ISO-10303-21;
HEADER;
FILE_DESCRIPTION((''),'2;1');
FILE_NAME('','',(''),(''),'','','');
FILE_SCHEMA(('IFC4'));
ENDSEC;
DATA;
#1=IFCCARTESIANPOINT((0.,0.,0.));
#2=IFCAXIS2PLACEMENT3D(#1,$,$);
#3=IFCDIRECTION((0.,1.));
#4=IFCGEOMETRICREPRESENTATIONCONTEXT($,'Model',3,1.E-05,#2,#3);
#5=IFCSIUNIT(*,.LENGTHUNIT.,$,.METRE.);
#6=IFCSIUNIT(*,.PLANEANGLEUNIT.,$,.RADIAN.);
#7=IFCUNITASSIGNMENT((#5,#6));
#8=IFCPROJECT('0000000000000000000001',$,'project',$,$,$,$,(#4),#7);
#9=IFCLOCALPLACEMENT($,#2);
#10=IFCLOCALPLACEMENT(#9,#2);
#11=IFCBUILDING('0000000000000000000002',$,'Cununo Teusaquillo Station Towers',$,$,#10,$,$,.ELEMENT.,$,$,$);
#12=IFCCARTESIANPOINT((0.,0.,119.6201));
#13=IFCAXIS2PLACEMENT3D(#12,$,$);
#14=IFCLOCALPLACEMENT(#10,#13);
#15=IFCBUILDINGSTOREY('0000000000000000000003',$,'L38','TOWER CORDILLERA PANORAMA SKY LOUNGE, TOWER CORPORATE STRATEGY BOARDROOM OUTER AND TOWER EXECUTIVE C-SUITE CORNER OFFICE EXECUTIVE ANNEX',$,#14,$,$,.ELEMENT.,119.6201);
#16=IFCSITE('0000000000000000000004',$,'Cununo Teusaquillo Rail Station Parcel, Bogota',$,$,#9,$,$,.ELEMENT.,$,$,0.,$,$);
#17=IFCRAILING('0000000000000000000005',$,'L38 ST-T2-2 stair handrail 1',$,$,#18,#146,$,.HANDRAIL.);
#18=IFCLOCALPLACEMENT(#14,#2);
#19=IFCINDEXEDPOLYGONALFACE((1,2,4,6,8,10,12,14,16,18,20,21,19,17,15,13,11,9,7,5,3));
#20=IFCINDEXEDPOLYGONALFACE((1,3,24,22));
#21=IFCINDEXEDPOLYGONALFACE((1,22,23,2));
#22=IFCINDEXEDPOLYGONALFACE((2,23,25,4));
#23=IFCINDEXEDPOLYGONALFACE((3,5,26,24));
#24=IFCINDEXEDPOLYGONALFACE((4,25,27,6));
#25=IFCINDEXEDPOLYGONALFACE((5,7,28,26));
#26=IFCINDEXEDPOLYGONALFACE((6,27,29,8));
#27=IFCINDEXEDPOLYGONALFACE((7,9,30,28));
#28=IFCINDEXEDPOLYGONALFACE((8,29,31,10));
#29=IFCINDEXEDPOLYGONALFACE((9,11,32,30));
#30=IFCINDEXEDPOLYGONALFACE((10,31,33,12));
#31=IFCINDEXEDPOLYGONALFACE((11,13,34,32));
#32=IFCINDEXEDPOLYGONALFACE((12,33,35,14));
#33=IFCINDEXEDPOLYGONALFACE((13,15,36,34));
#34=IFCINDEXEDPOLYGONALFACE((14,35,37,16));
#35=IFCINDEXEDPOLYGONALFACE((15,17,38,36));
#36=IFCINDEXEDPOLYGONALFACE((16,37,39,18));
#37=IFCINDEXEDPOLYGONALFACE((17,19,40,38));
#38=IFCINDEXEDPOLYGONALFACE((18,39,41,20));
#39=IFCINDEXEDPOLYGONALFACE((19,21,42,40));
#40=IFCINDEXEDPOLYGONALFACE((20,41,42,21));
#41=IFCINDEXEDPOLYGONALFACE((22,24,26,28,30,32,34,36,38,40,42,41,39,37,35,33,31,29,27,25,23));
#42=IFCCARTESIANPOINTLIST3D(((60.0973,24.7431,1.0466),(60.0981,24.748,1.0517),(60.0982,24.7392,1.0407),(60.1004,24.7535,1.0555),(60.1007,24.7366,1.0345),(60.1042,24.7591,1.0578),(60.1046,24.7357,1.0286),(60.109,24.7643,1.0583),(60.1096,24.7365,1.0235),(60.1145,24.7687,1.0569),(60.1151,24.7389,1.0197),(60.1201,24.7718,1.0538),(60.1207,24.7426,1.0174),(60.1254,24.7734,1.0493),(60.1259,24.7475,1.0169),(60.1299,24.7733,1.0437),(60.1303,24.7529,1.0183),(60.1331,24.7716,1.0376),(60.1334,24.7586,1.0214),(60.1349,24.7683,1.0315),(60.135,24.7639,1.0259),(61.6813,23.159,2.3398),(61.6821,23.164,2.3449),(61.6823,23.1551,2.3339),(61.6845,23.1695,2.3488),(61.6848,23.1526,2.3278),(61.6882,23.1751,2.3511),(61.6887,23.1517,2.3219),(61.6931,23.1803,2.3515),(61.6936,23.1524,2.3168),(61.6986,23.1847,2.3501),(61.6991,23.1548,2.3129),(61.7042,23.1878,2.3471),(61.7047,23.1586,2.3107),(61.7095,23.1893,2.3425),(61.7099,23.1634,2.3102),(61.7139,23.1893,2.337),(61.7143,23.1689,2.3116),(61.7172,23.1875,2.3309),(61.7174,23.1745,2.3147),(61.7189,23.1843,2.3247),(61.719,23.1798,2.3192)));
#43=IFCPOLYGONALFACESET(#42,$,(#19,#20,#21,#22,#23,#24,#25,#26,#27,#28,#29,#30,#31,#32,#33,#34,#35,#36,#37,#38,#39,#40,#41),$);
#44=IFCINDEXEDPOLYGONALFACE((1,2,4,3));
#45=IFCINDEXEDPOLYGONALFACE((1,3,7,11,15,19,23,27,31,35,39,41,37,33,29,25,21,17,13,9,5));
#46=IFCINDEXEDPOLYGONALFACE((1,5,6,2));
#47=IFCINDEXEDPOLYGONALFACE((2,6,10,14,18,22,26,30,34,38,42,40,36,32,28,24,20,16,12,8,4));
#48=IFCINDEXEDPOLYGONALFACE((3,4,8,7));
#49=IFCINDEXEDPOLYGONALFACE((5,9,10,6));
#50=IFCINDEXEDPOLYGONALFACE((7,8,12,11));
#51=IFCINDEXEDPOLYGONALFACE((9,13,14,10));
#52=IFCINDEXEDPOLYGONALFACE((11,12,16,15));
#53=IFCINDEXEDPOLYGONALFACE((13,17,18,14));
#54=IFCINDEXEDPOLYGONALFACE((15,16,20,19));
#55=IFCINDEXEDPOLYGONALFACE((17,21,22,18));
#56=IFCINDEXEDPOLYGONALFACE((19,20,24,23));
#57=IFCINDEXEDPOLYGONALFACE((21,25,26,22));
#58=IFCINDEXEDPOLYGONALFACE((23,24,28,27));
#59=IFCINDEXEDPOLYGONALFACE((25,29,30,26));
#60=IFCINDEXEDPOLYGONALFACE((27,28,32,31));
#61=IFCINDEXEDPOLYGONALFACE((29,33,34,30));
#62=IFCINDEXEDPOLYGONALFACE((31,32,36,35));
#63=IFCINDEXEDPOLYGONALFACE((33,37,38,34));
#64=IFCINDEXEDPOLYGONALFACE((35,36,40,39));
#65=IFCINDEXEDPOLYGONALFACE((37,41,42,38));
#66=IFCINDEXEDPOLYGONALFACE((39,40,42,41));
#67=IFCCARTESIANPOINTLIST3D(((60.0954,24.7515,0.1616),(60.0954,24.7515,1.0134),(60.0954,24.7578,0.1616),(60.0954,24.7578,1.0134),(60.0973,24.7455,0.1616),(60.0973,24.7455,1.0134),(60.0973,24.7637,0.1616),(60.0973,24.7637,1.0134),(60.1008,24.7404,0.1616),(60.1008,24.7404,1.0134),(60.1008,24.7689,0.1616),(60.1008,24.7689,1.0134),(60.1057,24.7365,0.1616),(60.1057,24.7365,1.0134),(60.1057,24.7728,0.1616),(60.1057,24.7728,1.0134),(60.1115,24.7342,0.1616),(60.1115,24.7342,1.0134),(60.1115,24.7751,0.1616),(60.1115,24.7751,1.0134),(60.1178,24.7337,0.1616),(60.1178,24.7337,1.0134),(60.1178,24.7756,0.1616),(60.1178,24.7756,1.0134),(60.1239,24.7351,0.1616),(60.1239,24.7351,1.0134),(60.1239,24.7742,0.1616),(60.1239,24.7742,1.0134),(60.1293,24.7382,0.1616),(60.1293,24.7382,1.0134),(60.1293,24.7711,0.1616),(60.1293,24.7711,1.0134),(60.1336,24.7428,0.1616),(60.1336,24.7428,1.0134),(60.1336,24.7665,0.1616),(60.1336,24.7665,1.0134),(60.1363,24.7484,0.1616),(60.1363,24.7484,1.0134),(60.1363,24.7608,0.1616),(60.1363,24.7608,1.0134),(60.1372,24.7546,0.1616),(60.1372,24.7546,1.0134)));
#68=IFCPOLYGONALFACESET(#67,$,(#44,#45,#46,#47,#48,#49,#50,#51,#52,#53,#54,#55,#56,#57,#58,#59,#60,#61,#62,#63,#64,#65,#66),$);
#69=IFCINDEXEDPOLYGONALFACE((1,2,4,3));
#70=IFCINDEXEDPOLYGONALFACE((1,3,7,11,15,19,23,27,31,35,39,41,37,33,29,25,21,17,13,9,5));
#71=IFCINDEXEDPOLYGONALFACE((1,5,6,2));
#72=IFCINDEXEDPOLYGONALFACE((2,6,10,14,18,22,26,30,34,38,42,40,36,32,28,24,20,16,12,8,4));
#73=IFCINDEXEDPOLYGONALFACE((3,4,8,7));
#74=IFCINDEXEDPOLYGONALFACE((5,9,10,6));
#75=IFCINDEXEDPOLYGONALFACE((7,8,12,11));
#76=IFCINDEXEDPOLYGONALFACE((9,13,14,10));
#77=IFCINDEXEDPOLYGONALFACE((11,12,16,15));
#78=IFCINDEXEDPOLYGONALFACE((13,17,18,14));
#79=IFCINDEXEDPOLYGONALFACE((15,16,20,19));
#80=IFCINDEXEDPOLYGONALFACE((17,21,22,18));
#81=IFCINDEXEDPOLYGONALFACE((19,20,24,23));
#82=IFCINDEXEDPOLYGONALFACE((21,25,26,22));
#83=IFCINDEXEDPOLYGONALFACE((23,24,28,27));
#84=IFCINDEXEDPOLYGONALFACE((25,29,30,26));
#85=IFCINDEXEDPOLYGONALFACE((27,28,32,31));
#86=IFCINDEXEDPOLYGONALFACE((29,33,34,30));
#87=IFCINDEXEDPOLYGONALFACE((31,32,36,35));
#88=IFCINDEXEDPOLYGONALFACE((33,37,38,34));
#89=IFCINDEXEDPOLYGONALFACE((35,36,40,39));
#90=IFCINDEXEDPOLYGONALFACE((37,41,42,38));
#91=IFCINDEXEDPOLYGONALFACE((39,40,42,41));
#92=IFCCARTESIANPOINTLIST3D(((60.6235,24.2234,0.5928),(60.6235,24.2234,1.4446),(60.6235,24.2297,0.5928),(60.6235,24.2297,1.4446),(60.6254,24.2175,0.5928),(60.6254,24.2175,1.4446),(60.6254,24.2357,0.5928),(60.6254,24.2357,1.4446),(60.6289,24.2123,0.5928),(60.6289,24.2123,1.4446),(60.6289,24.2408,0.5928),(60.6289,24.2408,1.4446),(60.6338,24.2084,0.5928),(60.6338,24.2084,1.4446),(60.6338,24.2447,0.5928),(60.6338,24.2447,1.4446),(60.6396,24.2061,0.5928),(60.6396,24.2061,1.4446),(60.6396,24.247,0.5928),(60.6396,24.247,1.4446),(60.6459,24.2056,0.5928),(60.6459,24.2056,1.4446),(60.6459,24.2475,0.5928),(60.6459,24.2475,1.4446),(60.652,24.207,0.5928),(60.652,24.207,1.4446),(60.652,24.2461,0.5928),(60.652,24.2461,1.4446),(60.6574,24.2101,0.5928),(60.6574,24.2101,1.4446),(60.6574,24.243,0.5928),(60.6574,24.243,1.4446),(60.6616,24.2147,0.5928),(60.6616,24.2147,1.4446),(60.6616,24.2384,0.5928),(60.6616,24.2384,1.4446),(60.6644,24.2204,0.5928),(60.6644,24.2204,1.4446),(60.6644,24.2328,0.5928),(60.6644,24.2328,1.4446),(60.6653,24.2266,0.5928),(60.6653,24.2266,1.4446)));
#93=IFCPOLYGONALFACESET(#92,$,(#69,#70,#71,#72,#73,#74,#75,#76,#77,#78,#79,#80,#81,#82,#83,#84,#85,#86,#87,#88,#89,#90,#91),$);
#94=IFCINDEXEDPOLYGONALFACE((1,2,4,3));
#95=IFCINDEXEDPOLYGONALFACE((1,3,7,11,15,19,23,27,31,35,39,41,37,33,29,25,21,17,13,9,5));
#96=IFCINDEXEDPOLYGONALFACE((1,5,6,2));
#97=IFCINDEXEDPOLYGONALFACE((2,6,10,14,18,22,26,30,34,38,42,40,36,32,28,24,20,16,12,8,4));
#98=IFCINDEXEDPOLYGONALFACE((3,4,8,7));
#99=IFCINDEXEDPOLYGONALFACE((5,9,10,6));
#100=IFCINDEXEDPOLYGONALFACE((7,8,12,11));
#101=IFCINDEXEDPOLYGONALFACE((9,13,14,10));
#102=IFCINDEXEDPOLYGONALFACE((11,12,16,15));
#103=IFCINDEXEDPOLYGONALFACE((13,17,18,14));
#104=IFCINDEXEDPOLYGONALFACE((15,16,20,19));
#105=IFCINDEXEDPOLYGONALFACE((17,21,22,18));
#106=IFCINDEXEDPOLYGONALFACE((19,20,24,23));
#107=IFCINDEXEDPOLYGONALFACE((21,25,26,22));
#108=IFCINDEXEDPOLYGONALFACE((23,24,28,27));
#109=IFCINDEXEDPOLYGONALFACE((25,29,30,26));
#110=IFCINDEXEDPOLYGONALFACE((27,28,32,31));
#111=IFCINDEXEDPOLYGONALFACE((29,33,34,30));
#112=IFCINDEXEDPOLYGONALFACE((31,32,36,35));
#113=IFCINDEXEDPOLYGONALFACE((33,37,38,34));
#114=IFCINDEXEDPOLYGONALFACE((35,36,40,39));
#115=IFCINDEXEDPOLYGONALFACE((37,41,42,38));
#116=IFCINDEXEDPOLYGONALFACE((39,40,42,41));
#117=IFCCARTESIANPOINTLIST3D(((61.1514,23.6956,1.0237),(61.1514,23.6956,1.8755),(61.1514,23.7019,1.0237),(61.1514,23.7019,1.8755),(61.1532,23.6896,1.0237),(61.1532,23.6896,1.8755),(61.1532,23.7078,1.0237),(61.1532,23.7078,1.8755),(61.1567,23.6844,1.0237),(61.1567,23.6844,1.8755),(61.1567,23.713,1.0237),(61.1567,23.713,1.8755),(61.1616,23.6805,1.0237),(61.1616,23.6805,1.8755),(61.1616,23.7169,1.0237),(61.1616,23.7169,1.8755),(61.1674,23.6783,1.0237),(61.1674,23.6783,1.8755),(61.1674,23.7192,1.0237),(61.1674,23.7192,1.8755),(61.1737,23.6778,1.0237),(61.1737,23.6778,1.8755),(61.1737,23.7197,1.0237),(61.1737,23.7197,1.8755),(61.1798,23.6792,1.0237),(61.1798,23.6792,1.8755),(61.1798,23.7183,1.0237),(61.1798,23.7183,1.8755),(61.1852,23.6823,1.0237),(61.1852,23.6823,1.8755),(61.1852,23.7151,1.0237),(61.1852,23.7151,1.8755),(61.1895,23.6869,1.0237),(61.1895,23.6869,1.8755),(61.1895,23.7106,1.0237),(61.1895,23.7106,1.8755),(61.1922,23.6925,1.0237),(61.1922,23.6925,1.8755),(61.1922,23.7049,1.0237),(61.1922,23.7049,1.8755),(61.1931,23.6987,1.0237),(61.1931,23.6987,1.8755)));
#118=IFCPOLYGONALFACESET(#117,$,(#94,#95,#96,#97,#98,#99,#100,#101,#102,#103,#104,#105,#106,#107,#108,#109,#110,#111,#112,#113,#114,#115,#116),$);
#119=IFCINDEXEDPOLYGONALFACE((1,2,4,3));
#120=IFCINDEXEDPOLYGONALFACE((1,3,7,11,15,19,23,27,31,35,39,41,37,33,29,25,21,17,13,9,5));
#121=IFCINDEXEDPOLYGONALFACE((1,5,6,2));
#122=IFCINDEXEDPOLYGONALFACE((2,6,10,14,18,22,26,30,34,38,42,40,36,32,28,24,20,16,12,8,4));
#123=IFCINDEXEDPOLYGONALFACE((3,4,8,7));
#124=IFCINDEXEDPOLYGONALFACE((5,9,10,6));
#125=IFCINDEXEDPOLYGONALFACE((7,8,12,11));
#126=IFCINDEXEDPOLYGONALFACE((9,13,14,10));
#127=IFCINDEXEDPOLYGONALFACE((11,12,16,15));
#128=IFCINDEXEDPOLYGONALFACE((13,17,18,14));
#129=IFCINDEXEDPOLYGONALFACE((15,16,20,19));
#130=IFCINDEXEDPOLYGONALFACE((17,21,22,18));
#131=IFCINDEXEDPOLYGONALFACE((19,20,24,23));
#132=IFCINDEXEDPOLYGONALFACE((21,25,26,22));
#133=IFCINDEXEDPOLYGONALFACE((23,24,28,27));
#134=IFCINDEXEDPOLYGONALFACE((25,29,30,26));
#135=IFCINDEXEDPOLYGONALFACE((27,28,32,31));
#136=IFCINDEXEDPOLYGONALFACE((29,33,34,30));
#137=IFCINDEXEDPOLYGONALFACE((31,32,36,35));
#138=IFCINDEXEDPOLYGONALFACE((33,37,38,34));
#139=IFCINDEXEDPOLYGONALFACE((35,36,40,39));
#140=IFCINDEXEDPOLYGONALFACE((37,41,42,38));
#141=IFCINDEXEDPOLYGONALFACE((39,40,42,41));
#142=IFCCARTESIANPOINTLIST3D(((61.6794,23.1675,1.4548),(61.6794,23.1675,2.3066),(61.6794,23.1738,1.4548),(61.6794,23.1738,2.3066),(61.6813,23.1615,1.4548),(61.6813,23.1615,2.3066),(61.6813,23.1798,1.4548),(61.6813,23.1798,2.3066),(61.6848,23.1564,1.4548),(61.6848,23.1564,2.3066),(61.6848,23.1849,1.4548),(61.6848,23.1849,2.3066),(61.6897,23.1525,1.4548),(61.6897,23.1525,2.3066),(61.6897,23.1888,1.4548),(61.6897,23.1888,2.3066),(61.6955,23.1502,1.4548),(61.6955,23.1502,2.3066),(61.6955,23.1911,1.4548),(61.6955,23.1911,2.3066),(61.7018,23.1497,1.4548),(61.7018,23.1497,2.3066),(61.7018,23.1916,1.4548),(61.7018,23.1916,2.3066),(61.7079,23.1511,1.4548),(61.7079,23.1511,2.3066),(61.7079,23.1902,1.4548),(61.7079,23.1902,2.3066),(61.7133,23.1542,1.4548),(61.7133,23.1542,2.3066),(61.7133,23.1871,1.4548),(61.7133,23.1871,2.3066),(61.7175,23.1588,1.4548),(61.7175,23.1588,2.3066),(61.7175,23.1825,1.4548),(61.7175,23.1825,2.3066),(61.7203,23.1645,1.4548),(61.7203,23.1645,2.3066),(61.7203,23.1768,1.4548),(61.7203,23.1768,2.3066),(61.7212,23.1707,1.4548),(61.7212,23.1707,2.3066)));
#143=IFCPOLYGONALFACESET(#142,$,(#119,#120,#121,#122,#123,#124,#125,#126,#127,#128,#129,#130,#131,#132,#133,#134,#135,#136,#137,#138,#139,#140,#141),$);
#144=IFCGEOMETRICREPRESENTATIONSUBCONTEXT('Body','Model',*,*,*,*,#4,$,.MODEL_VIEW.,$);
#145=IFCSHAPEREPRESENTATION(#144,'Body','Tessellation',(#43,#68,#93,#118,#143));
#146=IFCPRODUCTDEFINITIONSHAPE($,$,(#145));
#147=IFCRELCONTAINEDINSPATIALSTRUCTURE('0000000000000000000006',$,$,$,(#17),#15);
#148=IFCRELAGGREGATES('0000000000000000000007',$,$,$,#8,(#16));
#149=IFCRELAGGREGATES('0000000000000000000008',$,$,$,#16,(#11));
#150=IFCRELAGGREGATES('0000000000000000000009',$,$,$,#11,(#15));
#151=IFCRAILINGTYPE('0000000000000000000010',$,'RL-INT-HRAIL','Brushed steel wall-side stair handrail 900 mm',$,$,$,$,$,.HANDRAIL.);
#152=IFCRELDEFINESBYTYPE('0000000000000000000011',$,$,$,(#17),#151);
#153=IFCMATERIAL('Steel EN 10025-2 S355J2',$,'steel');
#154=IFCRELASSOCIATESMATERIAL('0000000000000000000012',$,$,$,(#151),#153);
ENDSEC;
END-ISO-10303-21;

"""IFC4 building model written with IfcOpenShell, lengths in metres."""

from ifc_helpers import new_model, si_unit, direction, frame, origin, origin_2d, place, context, subcontext, project, spatial, circle, extrude, material, type_object, element, save


model = new_model("IFC4")

# Units and contexts
model_context = context("Model", 3, precision=1e-05, world=origin(), true_north=direction((0.0, 1.0)))
body_context = subcontext(model_context, "Body", "Model", "MODEL_VIEW")
ifc_project = project(units=[si_unit("LENGTHUNIT", "METRE"), si_unit("PLANEANGLEUNIT", "RADIAN")], contexts=[model_context])

# Site, building, storey
site_placement = place(None, origin())
site = spatial("IfcSite", under=ifc_project, at=site_placement, Name="Cununo Teusaquillo Rail Station Parcel, Bogota", CompositionType="ELEMENT", RefElevation=0.0)
building_placement = place(site_placement, origin())
building = spatial("IfcBuilding", under=site, at=building_placement, Name="Cununo Teusaquillo Station Towers", CompositionType="ELEMENT")
storey_placement = place(building_placement, frame((0.0, 0.0, 119.6201)))
storey = spatial("IfcBuildingStorey", under=building, at=storey_placement, Name="L38", Description="TOWER CORDILLERA PANORAMA SKY LOUNGE, TOWER CORPORATE STRATEGY BOARDROOM OUTER AND TOWER EXECUTIVE C-SUITE CORNER OFFICE EXECUTIVE ANNEX", CompositionType="ELEMENT", Elevation=119.6201)

# Railing
ifc_material_1 = material(Name="Steel EN 10025-2 S355J2", Category="steel")
railing_type_1 = type_object("IfcRailingType", Name="RL-INT-HRAIL", Description="Brushed steel wall-side stair handrail 900 mm", PredefinedType="HANDRAIL", material=ifc_material_1)
railing_1_placement = place(storey_placement, frame((60.1162, 24.7546, 0.1616)))
element("IfcRailing", 1, at=railing_1_placement, inside=storey, type_object=railing_type_1, Name="L38 ST-T2-2 stair handrail 1", PredefinedType="HANDRAIL", context=body_context, shape_type="SweptSolid", body=[
    extrude(circle(Radius=0.0239, at=origin_2d()), frame((0.0, 0.0, 0.876), z_axis=(0.612385, -0.612385, 0.49997), x_axis=(0.707107, 0.707107, 0.0)), (0.0, 0.0, 1.0), 2.5867),
    extrude(circle(Radius=0.021, at=origin_2d()), origin(), (0.0, 0.0, 1.0), 0.8518),
    extrude(circle(Radius=0.021, at=origin_2d()), frame((0.5281, -0.5281, 0.4312)), (0.0, 0.0, 1.0), 0.8518),
    extrude(circle(Radius=0.021, at=origin_2d()), frame((1.0559, -1.0559, 0.8621)), (0.0, 0.0, 1.0), 0.8518),
    extrude(circle(Radius=0.021, at=origin_2d()), frame((1.584, -1.584, 1.2932)), (0.0, 0.0, 1.0), 0.8518),
])

save(model, "model.ifc")
